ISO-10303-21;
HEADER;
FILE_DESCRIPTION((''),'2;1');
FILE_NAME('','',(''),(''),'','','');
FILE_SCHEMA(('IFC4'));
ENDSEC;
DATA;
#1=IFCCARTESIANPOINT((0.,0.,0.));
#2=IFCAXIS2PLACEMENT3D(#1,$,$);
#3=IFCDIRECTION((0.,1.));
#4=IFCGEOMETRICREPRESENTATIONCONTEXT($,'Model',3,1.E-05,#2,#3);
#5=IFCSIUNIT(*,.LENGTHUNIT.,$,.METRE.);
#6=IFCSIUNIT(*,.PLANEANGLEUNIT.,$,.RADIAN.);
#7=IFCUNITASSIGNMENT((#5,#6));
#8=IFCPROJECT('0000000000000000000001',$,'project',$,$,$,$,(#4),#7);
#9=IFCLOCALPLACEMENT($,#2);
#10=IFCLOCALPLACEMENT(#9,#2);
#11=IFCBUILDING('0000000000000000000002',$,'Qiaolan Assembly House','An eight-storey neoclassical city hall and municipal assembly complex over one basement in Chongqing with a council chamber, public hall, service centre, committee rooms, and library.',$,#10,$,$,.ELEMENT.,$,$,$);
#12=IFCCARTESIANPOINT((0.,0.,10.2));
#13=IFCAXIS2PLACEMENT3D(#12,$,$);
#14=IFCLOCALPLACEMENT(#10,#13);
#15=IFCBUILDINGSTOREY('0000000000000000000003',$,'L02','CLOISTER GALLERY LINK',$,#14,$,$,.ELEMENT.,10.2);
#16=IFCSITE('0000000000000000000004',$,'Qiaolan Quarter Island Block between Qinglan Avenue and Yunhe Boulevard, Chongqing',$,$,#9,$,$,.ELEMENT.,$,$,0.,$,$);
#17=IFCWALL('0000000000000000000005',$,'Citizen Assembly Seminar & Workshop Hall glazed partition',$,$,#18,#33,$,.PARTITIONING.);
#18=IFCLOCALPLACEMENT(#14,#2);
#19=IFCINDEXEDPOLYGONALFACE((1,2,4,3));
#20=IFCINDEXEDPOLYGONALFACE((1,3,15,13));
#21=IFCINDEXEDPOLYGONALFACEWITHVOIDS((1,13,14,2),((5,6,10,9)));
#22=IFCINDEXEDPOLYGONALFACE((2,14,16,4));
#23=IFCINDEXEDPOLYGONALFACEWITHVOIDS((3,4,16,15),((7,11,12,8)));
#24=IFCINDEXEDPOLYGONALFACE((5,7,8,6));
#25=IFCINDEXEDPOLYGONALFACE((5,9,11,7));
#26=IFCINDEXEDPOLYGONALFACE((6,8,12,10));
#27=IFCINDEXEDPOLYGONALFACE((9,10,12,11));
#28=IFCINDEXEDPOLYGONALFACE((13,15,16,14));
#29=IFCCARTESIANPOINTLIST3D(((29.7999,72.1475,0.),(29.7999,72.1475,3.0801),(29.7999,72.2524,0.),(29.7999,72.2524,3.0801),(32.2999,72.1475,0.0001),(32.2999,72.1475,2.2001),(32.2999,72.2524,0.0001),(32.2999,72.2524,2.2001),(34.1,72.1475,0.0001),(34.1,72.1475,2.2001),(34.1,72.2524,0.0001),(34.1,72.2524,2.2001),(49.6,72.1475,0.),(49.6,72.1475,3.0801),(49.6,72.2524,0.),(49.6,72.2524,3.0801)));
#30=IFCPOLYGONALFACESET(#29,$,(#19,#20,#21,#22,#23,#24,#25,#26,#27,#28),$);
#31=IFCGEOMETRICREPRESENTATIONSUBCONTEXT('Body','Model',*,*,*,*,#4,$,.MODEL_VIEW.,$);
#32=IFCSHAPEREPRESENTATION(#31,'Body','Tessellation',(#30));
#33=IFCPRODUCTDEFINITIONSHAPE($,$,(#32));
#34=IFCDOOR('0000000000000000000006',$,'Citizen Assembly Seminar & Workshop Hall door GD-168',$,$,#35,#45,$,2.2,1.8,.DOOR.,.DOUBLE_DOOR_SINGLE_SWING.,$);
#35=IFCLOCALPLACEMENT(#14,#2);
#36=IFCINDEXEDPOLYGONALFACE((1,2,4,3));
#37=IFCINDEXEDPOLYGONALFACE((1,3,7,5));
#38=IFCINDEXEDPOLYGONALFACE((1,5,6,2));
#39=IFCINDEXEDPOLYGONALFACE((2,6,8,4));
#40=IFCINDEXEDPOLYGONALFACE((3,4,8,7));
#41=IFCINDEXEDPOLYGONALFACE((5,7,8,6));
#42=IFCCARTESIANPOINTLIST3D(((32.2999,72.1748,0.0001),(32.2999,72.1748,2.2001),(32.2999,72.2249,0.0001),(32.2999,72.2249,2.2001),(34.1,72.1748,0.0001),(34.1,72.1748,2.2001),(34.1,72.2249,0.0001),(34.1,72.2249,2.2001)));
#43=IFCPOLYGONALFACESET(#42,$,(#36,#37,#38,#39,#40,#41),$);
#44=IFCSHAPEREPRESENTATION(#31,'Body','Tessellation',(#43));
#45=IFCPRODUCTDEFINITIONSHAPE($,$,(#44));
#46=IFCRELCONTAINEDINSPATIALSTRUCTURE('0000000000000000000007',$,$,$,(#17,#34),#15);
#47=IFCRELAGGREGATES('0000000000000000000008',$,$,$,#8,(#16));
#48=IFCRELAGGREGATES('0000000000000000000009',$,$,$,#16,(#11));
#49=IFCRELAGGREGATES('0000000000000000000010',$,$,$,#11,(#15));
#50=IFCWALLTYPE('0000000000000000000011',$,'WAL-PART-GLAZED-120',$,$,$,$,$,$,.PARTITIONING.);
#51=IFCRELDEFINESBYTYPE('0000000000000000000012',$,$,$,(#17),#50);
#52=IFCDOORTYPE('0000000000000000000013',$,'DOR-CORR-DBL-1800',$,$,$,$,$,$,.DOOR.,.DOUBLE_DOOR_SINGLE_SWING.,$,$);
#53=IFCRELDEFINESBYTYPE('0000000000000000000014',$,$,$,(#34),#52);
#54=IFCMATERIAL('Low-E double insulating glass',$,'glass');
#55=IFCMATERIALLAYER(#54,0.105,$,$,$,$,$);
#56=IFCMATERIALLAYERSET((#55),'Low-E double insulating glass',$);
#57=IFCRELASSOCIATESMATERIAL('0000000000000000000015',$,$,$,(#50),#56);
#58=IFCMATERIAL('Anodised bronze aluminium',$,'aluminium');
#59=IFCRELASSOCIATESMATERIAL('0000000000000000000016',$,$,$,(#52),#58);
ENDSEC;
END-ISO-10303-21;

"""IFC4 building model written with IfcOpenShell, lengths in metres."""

from ifc_helpers import new_model, si_unit, direction, frame, frame_2d, origin, place, context, subcontext, project, spatial, rectangle, extrude, material, layer, layer_set, type_object, element, fill, save


model = new_model("IFC4")

# Units and contexts
model_context = context("Model", 3, precision=1e-05, world=origin(), true_north=direction((0.0, 1.0)))
body_context = subcontext(model_context, "Body", "Model", "MODEL_VIEW")
ifc_project = project(units=[si_unit("LENGTHUNIT", "METRE"), si_unit("PLANEANGLEUNIT", "RADIAN")], contexts=[model_context])

# Site, building, storey
site_placement = place(None, origin())
site = spatial("IfcSite", under=ifc_project, at=site_placement, Name="Qiaolan Quarter Island Block between Qinglan Avenue and Yunhe Boulevard, Chongqing", CompositionType="ELEMENT", RefElevation=0.0)
building_placement = place(site_placement, origin())
building = spatial("IfcBuilding", under=site, at=building_placement, Name="Qiaolan Assembly House", Description="An eight-storey neoclassical city hall and municipal assembly complex over one basement in Chongqing with a council chamber, public hall, service centre, committee rooms, and library.", CompositionType="ELEMENT")
storey_placement = place(building_placement, frame((0.0, 0.0, 10.2)))
storey = spatial("IfcBuildingStorey", under=building, at=storey_placement, Name="L02", Description="CLOISTER GALLERY LINK", CompositionType="ELEMENT", Elevation=10.2)

# Shared definitions
ifc_material_1 = material(Name="Anodised bronze aluminium", Category="aluminium")

# Shared definitions
ifc_material_2 = material(Name="Low-E double insulating glass", Category="glass")

# Wall, opening, door
ifc_layer_1 = layer(ifc_material_2, 0.105)
ifc_layer_set_1 = layer_set([ifc_layer_1], Name="Low-E double insulating glass")
wall_type = type_object("IfcWallType", Name="WAL-PART-GLAZED-120", PredefinedType="PARTITIONING", material=ifc_layer_set_1)
wall_placement = place(storey_placement, frame((29.8, 72.2, 0.0), z_axis=(0.0, 0.0, 1.0), x_axis=(1.0, 0.0, 0.0)))
wall = element("IfcWall", 1, at=wall_placement, inside=storey, type_object=wall_type, Name="Citizen Assembly Seminar & Workshop Hall glazed partition", PredefinedType="PARTITIONING", context=body_context, shape_type="SweptSolid", body=[
    extrude(rectangle(XDim=19.8, YDim=0.105, at=frame_2d((9.8999, 0.0))), origin(), (0.0, 0.0, 1.0), 3.0801),
])
opening_placement = place(wall_placement, frame((2.5, 0.0, 0.0)))
opening = element("IfcOpeningElement", 2, at=opening_placement, cuts=wall, PredefinedType="OPENING", context=body_context, shape_type="SweptSolid", body=[
    extrude(rectangle(XDim=1.8, YDim=2.2, at=frame_2d((0.8999, 1.1001))), frame((0.0, 0.0625, 0.0), z_axis=(0.0, -1.0, 0.0), x_axis=(1.0, 0.0, 0.0)), (0.0, 0.0, 1.0), 0.125),
])
door_type = type_object("IfcDoorType", Name="DOR-CORR-DBL-1800", OperationType="DOUBLE_DOOR_SINGLE_SWING", PredefinedType="DOOR", material=ifc_material_1)
door_placement = place(opening_placement, origin())
door = element("IfcDoor", 3, at=door_placement, inside=storey, type_object=door_type, Name="Citizen Assembly Seminar & Workshop Hall door GD-168", OperationType="DOUBLE_DOOR_SINGLE_SWING", OverallHeight=2.2, OverallWidth=1.8, PredefinedType="DOOR", context=body_context, shape_type="SweptSolid", body=[
    extrude(rectangle(XDim=1.8, YDim=2.2, at=frame_2d((0.8999, 1.1001))), frame((0.0, 0.0249, 0.0), z_axis=(0.0, -1.0, 0.0), x_axis=(1.0, 0.0, 0.0)), (0.0, 0.0, 1.0), 0.05),
])
fill(opening, door)

save(model, "model.ifc")
